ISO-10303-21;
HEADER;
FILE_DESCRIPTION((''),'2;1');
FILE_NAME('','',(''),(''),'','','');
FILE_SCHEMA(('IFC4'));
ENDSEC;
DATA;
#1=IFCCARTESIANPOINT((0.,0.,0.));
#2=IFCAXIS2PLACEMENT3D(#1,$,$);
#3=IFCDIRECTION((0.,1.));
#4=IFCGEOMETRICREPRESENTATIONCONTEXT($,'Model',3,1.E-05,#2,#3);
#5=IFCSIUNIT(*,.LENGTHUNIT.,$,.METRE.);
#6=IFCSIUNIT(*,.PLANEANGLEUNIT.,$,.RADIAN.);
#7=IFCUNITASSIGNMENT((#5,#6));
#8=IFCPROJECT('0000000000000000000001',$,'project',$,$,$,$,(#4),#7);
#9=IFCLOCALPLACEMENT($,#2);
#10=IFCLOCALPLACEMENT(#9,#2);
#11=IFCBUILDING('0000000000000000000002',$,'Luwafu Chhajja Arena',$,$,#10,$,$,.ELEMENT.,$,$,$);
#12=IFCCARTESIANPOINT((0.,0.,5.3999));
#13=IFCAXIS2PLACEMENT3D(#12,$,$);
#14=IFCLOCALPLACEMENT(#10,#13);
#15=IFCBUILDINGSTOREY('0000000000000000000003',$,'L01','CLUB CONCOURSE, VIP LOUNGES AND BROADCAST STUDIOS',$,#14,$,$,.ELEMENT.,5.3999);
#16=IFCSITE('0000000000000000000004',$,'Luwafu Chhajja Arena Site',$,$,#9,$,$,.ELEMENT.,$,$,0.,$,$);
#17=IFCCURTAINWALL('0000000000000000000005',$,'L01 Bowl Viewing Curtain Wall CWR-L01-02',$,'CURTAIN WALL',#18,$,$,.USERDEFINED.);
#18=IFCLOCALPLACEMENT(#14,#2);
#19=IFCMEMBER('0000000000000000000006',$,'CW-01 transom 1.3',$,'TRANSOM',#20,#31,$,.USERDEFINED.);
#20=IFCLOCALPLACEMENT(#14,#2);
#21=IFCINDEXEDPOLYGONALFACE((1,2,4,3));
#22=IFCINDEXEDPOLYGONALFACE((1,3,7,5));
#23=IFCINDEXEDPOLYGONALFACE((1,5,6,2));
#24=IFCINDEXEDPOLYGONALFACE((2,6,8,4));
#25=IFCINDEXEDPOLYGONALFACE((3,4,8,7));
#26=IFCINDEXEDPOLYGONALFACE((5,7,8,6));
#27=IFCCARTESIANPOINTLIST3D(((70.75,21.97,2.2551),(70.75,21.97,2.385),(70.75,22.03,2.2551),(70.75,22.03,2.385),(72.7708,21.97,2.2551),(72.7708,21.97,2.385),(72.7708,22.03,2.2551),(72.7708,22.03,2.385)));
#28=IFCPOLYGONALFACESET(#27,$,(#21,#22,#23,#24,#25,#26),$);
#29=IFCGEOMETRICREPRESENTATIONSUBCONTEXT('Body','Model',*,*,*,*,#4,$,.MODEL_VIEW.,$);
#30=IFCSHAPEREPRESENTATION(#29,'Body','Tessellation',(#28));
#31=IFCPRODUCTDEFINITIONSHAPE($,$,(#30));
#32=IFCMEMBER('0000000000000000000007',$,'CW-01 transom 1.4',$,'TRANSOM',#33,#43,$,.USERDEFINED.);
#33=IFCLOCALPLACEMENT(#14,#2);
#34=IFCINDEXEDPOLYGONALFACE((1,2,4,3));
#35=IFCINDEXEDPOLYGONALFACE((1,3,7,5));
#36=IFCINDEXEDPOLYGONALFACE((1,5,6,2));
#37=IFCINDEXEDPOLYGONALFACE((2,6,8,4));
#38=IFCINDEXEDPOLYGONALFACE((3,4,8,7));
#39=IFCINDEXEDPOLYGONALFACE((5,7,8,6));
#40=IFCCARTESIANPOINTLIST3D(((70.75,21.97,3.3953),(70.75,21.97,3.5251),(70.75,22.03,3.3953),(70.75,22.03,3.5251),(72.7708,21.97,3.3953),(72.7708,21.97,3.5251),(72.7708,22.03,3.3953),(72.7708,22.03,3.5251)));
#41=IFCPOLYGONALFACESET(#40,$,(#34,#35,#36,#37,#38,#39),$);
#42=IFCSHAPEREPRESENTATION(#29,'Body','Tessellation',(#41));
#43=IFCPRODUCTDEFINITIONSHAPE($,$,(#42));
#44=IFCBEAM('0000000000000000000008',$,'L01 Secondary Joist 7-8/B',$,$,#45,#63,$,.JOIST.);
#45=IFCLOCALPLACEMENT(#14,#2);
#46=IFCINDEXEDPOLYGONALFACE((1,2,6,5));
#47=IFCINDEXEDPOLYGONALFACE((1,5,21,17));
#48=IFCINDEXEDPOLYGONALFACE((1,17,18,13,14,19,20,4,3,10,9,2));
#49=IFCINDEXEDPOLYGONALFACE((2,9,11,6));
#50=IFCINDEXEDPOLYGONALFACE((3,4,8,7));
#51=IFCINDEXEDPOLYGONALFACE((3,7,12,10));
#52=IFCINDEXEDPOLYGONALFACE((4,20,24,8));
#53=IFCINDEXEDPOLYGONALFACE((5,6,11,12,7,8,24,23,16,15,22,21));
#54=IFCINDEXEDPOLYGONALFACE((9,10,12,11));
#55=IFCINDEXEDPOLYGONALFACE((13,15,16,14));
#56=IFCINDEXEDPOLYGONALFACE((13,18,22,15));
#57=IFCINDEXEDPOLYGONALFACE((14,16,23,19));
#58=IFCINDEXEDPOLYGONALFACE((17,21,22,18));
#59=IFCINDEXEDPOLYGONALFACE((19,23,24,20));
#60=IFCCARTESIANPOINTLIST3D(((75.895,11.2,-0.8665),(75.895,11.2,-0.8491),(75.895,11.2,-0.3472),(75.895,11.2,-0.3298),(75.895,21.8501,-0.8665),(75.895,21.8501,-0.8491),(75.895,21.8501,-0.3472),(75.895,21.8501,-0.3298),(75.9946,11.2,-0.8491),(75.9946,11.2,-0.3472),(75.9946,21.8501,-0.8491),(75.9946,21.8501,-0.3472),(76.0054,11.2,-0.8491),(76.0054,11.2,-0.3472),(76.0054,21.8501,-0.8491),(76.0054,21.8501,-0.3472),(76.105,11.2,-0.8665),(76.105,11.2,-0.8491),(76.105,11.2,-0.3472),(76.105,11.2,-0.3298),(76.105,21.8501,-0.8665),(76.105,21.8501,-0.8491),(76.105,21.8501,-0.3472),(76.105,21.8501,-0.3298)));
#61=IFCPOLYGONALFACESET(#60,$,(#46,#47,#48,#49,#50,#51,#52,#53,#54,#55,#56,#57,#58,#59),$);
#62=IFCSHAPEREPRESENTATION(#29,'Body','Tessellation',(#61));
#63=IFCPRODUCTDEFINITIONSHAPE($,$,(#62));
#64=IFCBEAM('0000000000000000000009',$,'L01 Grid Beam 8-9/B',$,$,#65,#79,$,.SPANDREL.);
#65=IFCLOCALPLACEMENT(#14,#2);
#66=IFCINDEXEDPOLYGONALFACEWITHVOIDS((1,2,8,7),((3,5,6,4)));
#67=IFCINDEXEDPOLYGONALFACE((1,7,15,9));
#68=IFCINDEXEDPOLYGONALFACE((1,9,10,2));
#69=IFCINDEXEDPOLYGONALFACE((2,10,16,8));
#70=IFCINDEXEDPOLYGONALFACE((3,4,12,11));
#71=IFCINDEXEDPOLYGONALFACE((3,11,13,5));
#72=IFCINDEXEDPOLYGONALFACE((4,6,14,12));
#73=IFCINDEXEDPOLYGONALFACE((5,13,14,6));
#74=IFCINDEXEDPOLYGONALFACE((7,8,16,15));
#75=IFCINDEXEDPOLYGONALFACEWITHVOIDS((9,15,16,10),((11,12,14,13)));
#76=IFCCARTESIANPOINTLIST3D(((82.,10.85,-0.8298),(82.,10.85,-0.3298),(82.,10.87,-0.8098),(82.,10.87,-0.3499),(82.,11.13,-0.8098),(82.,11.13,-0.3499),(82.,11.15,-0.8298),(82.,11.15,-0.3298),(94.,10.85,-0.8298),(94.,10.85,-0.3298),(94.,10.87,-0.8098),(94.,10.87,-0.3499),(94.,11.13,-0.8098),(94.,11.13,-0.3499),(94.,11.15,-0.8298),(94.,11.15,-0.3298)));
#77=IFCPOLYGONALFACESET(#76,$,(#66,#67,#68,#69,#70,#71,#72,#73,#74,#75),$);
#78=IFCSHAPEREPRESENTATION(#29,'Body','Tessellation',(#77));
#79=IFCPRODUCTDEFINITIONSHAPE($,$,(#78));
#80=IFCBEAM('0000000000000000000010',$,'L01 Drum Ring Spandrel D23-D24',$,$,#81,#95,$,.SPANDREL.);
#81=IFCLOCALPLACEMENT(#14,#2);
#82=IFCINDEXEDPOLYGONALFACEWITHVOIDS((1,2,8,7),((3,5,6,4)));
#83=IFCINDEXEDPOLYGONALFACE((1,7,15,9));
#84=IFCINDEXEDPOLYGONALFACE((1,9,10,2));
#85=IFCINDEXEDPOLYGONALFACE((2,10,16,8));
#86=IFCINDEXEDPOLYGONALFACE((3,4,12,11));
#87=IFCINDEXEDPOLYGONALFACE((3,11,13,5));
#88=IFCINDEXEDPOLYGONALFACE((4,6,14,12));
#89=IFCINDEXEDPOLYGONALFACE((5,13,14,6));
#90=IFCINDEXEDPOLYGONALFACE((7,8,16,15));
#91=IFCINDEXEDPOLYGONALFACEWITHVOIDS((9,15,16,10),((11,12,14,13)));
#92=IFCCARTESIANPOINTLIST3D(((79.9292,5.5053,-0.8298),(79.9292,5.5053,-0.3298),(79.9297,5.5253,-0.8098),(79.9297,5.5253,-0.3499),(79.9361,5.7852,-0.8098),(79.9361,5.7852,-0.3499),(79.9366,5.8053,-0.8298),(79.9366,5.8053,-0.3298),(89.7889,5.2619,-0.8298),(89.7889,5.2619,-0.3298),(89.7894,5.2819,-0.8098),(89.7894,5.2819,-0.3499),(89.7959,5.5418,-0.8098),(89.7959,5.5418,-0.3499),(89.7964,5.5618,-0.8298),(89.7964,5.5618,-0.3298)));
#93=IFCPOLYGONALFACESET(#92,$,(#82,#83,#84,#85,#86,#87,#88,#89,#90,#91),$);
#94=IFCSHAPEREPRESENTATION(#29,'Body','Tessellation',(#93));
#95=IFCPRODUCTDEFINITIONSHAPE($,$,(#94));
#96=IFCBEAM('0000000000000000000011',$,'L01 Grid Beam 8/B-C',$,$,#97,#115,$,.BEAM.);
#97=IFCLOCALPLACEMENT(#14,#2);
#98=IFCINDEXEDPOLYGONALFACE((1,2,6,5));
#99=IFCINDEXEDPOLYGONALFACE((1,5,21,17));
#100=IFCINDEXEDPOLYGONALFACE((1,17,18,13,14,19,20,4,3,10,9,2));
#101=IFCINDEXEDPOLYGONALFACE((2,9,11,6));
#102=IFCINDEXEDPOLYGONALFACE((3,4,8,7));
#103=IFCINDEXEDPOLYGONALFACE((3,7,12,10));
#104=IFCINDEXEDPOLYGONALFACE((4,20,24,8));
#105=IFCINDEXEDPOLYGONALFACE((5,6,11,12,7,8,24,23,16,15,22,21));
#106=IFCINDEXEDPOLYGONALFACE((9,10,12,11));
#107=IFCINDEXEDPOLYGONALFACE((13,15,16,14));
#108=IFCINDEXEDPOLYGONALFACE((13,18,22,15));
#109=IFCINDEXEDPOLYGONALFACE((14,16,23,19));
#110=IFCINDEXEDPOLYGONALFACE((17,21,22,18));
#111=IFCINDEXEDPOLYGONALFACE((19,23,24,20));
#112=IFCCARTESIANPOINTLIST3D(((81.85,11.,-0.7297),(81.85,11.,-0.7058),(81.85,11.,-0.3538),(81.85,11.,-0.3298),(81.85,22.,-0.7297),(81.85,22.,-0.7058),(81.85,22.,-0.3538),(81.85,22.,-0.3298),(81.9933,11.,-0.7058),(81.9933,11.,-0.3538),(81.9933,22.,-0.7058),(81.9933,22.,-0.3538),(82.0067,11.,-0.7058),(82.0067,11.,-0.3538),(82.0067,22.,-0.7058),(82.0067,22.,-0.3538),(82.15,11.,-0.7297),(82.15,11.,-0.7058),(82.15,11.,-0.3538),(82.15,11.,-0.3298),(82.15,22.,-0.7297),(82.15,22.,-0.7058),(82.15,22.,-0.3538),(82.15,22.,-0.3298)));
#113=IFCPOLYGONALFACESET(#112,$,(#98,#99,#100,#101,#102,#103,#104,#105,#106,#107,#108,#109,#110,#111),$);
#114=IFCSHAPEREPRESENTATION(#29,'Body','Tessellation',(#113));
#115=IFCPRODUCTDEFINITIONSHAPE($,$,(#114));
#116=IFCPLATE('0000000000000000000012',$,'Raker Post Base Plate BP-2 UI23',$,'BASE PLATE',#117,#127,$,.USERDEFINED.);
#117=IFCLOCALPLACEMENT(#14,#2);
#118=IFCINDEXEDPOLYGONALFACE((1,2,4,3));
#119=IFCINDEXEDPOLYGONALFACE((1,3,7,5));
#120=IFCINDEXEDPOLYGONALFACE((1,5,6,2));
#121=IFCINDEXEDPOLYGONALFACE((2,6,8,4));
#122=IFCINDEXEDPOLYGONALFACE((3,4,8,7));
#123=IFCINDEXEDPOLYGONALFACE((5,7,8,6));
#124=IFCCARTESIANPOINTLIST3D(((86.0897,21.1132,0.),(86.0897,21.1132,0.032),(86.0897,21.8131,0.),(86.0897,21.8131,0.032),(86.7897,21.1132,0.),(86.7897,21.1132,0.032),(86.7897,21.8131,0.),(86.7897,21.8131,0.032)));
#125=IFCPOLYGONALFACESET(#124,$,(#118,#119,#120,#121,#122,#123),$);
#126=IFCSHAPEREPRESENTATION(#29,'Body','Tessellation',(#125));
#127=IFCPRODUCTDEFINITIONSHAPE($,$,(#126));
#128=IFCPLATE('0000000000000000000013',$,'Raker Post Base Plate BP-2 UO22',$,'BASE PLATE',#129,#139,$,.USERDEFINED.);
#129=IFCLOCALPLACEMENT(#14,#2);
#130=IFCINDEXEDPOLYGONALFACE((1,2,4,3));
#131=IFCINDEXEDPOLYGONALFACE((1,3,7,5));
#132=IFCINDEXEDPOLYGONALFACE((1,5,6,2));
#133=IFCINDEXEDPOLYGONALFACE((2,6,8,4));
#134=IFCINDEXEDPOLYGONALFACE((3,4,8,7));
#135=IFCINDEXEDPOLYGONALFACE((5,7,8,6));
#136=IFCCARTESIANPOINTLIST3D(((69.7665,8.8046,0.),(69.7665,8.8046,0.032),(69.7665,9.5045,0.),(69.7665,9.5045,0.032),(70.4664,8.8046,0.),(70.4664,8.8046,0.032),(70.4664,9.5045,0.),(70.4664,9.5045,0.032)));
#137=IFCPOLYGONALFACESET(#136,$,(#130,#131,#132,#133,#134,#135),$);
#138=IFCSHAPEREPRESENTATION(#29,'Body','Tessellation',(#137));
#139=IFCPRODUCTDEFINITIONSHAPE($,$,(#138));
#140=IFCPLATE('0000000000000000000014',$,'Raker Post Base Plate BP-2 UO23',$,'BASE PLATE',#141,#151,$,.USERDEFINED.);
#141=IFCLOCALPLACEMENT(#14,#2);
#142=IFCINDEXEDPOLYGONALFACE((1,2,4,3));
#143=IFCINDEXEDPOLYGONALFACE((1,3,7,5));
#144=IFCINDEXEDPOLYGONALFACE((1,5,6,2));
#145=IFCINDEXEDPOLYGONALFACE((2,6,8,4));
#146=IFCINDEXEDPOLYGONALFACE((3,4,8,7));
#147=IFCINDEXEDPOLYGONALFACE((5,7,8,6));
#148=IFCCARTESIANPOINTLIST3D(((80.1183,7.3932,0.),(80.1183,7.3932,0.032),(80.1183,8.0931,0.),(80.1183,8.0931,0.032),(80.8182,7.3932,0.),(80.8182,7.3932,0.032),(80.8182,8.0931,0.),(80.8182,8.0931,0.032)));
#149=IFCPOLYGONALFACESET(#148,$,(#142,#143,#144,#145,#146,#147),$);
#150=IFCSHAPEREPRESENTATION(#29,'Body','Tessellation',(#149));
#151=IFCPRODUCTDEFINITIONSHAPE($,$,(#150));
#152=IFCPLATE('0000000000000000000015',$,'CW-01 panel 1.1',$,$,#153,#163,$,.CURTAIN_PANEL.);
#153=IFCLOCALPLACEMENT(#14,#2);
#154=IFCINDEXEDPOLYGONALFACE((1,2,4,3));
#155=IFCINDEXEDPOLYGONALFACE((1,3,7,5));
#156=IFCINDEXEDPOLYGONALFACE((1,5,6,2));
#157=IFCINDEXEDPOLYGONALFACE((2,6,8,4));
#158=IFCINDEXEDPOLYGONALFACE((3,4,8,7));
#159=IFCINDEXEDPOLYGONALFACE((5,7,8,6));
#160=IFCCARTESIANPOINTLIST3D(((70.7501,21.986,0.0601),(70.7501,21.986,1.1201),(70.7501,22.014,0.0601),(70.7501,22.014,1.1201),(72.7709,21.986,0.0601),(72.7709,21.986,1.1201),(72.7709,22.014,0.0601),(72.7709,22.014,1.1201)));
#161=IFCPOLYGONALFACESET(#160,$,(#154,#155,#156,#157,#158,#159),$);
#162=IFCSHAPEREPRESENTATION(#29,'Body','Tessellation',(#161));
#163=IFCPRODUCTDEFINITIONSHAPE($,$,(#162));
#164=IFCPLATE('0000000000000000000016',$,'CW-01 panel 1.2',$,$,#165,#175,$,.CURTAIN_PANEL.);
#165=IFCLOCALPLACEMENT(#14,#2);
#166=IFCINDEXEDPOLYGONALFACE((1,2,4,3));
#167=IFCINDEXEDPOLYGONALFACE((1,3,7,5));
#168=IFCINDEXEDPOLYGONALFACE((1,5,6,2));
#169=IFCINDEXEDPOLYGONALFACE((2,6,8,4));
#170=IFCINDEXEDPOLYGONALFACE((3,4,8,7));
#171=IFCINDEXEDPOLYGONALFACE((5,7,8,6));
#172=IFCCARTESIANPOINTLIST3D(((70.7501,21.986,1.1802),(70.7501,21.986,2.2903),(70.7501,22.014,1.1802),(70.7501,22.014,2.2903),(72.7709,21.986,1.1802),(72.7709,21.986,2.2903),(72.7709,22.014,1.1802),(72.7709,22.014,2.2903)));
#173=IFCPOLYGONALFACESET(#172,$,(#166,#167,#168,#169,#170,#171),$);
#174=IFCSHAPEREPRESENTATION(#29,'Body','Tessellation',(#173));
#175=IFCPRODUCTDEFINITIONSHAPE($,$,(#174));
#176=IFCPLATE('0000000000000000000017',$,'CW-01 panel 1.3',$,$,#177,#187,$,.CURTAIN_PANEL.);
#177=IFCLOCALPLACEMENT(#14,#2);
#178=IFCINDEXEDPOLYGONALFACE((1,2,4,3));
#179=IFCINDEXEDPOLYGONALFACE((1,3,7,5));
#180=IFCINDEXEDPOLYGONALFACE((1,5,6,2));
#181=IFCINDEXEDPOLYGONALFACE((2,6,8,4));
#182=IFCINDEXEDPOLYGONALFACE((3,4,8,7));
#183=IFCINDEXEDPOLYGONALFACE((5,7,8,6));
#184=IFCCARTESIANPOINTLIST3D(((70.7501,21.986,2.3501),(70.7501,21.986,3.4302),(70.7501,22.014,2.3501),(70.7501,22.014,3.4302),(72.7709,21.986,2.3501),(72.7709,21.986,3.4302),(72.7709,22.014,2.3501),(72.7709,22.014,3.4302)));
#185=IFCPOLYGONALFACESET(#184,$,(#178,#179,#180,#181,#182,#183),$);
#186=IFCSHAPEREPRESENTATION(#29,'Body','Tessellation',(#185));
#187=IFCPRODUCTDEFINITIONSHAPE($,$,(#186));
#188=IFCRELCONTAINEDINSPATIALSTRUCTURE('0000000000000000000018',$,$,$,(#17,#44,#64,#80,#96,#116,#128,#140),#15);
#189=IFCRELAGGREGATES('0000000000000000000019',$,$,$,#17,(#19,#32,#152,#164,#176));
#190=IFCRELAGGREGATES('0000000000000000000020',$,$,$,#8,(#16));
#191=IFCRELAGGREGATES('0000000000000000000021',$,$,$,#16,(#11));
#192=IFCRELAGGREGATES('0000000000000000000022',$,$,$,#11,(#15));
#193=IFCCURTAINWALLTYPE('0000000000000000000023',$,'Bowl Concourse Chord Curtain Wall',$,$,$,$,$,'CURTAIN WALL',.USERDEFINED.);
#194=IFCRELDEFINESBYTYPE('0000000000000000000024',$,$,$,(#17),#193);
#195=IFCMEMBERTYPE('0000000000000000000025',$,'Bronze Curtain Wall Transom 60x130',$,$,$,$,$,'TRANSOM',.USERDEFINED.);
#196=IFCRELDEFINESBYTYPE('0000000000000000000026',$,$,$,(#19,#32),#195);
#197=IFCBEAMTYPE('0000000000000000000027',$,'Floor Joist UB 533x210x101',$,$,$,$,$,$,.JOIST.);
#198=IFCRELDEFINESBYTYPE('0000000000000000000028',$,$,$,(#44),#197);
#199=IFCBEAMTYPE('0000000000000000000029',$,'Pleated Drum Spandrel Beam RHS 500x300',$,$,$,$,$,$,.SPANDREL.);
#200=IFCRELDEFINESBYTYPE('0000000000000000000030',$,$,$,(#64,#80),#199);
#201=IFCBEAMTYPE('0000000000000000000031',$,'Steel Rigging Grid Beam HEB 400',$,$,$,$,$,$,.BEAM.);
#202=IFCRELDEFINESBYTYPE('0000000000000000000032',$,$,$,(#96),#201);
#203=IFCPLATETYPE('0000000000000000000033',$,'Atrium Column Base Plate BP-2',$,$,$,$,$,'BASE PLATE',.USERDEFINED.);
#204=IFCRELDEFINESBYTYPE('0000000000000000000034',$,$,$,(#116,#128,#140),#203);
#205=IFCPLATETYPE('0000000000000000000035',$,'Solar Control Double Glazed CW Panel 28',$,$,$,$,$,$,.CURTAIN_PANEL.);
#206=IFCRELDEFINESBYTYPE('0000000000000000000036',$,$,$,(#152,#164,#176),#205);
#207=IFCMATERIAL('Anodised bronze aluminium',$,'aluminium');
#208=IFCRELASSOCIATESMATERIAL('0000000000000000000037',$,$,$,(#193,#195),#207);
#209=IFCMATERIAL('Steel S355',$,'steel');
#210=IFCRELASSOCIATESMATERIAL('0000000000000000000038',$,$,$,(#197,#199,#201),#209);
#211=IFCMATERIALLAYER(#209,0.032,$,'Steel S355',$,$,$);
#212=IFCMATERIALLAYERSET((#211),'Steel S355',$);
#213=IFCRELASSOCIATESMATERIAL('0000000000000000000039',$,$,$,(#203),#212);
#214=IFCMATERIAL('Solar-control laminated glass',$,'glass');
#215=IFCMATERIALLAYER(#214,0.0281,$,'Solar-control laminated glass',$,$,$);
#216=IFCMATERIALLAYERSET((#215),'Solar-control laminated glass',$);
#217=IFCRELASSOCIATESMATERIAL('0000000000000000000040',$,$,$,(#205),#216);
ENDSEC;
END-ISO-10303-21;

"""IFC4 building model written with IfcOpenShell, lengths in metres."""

from ifc_helpers import new_model, si_unit, direction, frame, origin, origin_2d, place, context, subcontext, project, spatial, rectangle, hollow_rectangle, i_section, extrude, material, layer, layer_set, material_profile, profile_set, type_object, element, aggregate, save


model = new_model("IFC4")

# Units and contexts
model_context = context("Model", 3, precision=1e-05, world=origin(), true_north=direction((0.0, 1.0)))
body_context = subcontext(model_context, "Body", "Model", "MODEL_VIEW")
ifc_project = project(units=[si_unit("LENGTHUNIT", "METRE"), si_unit("PLANEANGLEUNIT", "RADIAN")], contexts=[model_context])

# Site, building, storey
site_placement = place(None, origin())
site = spatial("IfcSite", under=ifc_project, at=site_placement, Name="Luwafu Chhajja Arena Site", CompositionType="ELEMENT", RefElevation=0.0)
building_placement = place(site_placement, origin())
building = spatial("IfcBuilding", under=site, at=building_placement, Name="Luwafu Chhajja Arena", CompositionType="ELEMENT")
storey_placement = place(building_placement, frame((0.0, 0.0, 5.3999)))
storey = spatial("IfcBuildingStorey", under=building, at=storey_placement, Name="L01", Description="CLUB CONCOURSE, VIP LOUNGES AND BROADCAST STUDIOS", CompositionType="ELEMENT", Elevation=5.3999)

# Shared definitions
ifc_material_1 = material(Name="Steel S355", Category="steel")

# Curtain wall, members
ifc_material_2 = material(Name="Anodised bronze aluminium", Category="aluminium")
curtain_wall_type = type_object("IfcCurtainWallType", Name="Bowl Concourse Chord Curtain Wall", ElementType="CURTAIN WALL", PredefinedType="USERDEFINED", material=ifc_material_2)
curtain_wall_placement = place(storey_placement, origin())
curtain_wall = element("IfcCurtainWall", 1, at=curtain_wall_placement, inside=storey, type_object=curtain_wall_type, Name="L01 Bowl Viewing Curtain Wall CWR-L01-02", ObjectType="CURTAIN WALL", PredefinedType="USERDEFINED")
ifc_material_profile_1 = material_profile(ifc_material_2, rectangle(XDim=0.0601, YDim=0.1299, at=origin_2d()), Name="CWT 60x130")
ifc_profile_set_1 = profile_set([ifc_material_profile_1], Name="Anodised bronze aluminium")
member_type_1 = type_object("IfcMemberType", Name="Bronze Curtain Wall Transom 60x130", ElementType="TRANSOM", PredefinedType="USERDEFINED", material=ifc_profile_set_1)
member_1_placement = place(storey_placement, frame((70.75, 22.0, 2.3201), z_axis=(1.0, 0.0, 0.0), x_axis=(0.0, 1.0, 0.0)))
member_1 = element("IfcMember", 2, at=member_1_placement, type_object=member_type_1, Name="CW-01 transom 1.3", ObjectType="TRANSOM", PredefinedType="USERDEFINED", context=body_context, shape_type="SweptSolid", body=[
    extrude(rectangle(XDim=0.0601, YDim=0.1299, at=origin_2d()), origin(), (0.0, 0.0, 1.0), 2.0208),
])
member_2_placement = place(storey_placement, frame((70.75, 22.0, 3.4602), z_axis=(1.0, 0.0, 0.0), x_axis=(0.0, 1.0, 0.0)))
member_2 = element("IfcMember", 3, at=member_2_placement, type_object=member_type_1, Name="CW-01 transom 1.4", ObjectType="TRANSOM", PredefinedType="USERDEFINED", context=body_context, shape_type="SweptSolid", body=[
    extrude(rectangle(XDim=0.0601, YDim=0.1299, at=origin_2d()), origin(), (0.0, 0.0, 1.0), 2.0208),
])

# Beams
ifc_material_profile_2 = material_profile(ifc_material_1, i_section(OverallWidth=0.21, OverallDepth=0.5366, WebThickness=0.0107, FlangeThickness=0.0173, at=origin_2d()), Name="UB 533x210x101")
ifc_profile_set_2 = profile_set([ifc_material_profile_2], Name="Steel S355")
beam_type_1 = type_object("IfcBeamType", Name="Floor Joist UB 533x210x101", PredefinedType="JOIST", material=ifc_profile_set_2)
beam_1_placement = place(storey_placement, frame((76.0, 11.2, -0.5981), z_axis=(0.0, 1.0, 0.0), x_axis=(-1.0, 0.0, 0.0)))
element("IfcBeam", 4, at=beam_1_placement, inside=storey, type_object=beam_type_1, Name="L01 Secondary Joist 7-8/B", PredefinedType="JOIST", context=body_context, shape_type="SweptSolid", body=[
    extrude(i_section(OverallWidth=0.21, OverallDepth=0.5366, WebThickness=0.0107, FlangeThickness=0.0173, at=origin_2d()), origin(), (0.0, 0.0, 1.0), 10.6501),
])
ifc_material_profile_3 = material_profile(ifc_material_1, hollow_rectangle(XDim=0.3, YDim=0.5, WallThickness=0.02, at=origin_2d()), Name="RHS 500x300x20")
ifc_profile_set_3 = profile_set([ifc_material_profile_3], Name="Steel S355")
beam_type_2 = type_object("IfcBeamType", Name="Pleated Drum Spandrel Beam RHS 500x300", PredefinedType="SPANDREL", material=ifc_profile_set_3)
beam_2_placement = place(storey_placement, frame((82.0, 11.0, -0.5798), z_axis=(1.0, 0.0, 0.0), x_axis=(0.0, 1.0, 0.0)))
element("IfcBeam", 5, at=beam_2_placement, inside=storey, type_object=beam_type_2, Name="L01 Grid Beam 8-9/B", PredefinedType="SPANDREL", context=body_context, shape_type="SweptSolid", body=[
    extrude(hollow_rectangle(XDim=0.3, YDim=0.5, WallThickness=0.02, at=origin_2d()), origin(), (0.0, 0.0, 1.0), 12.0),
])
beam_3_placement = place(storey_placement, frame((79.9329, 5.6553, -0.5798), z_axis=(0.999695, -0.024679, 0.0), x_axis=(0.024679, 0.999695, 0.0)))
element("IfcBeam", 6, at=beam_3_placement, inside=storey, type_object=beam_type_2, Name="L01 Drum Ring Spandrel D23-D24", PredefinedType="SPANDREL", context=body_context, shape_type="SweptSolid", body=[
    extrude(hollow_rectangle(XDim=0.3, YDim=0.5, WallThickness=0.02, at=origin_2d()), origin(), (0.0, 0.0, 1.0), 9.8628),
])
ifc_material_profile_4 = material_profile(ifc_material_1, i_section(OverallWidth=0.3, OverallDepth=0.3999, WebThickness=0.0134, FlangeThickness=0.0239, at=origin_2d()), Name="HEB 400")
ifc_profile_set_4 = profile_set([ifc_material_profile_4], Name="Steel S355")
beam_type_3 = type_object("IfcBeamType", Name="Steel Rigging Grid Beam HEB 400", PredefinedType="BEAM", material=ifc_profile_set_4)
beam_4_placement = place(storey_placement, frame((82.0, 11.0, -0.5298), z_axis=(0.0, 1.0, 0.0), x_axis=(-1.0, 0.0, 0.0)))
element("IfcBeam", 7, at=beam_4_placement, inside=storey, type_object=beam_type_3, Name="L01 Grid Beam 8/B-C", PredefinedType="BEAM", context=body_context, shape_type="SweptSolid", body=[
    extrude(i_section(OverallWidth=0.3, OverallDepth=0.3999, WebThickness=0.0134, FlangeThickness=0.0239, at=origin_2d()), origin(), (0.0, 0.0, 1.0), 11.0),
])

# Plates
ifc_layer_1 = layer(ifc_material_1, 0.032, Name="Steel S355")
ifc_layer_set_1 = layer_set([ifc_layer_1], Name="Steel S355")
plate_type_1 = type_object("IfcPlateType", Name="Atrium Column Base Plate BP-2", ElementType="BASE PLATE", PredefinedType="USERDEFINED", material=ifc_layer_set_1)
for number, where, z_axis, x_axis, name in (
    (8, (86.4397, 21.4631, 0.0), (0.0, 0.0, 1.0), (1.0, 0.0, 0.0), "Raker Post Base Plate BP-2 UI23"),
    (9, (70.1165, 9.1545, 0.0), (0.0, 0.0, 1.0), (1.0, 0.0, 0.0), "Raker Post Base Plate BP-2 UO22"),
    (10, (80.4683, 7.7432, 0.0), (0.0, 0.0, 1.0), (1.0, 0.0, 0.0), "Raker Post Base Plate BP-2 UO23"),
):
    element("IfcPlate", number, at=place(storey_placement, frame(where, z_axis=z_axis, x_axis=x_axis)), inside=storey, type_object=plate_type_1, Name=name, ObjectType="BASE PLATE", PredefinedType="USERDEFINED", context=body_context, shape_type="SweptSolid", body=[
        extrude(rectangle(XDim=0.7, YDim=0.7, at=origin_2d()), origin(), (0.0, 0.0, 1.0), 0.032),
    ])

# Plates
ifc_material_3 = material(Name="Solar-control laminated glass", Category="glass")
ifc_layer_2 = layer(ifc_material_3, 0.0281, Name="Solar-control laminated glass")
ifc_layer_set_2 = layer_set([ifc_layer_2], Name="Solar-control laminated glass")
plate_type_2 = type_object("IfcPlateType", Name="Solar Control Double Glazed CW Panel 28", PredefinedType="CURTAIN_PANEL", material=ifc_layer_set_2)
plate_1_placement = place(storey_placement, frame((71.7605, 22.0, 0.0601), z_axis=(0.0, 0.0, 1.0), x_axis=(1.0, 0.0, 0.0)))
plate_1 = element("IfcPlate", 11, at=plate_1_placement, type_object=plate_type_2, Name="CW-01 panel 1.1", PredefinedType="CURTAIN_PANEL", context=body_context, shape_type="SweptSolid", body=[
    extrude(rectangle(XDim=2.0208, YDim=0.0281, at=origin_2d()), origin(), (0.0, 0.0, 1.0), 1.0601),
])
plate_2_placement = place(storey_placement, frame((71.7605, 22.0, 1.1802), z_axis=(0.0, 0.0, 1.0), x_axis=(1.0, 0.0, 0.0)))
plate_2 = element("IfcPlate", 12, at=plate_2_placement, type_object=plate_type_2, Name="CW-01 panel 1.2", PredefinedType="CURTAIN_PANEL", context=body_context, shape_type="SweptSolid", body=[
    extrude(rectangle(XDim=2.0208, YDim=0.0281, at=origin_2d()), origin(), (0.0, 0.0, 1.0), 1.1101),
])
plate_3_placement = place(storey_placement, frame((71.7605, 22.0, 2.3501), z_axis=(0.0, 0.0, 1.0), x_axis=(1.0, 0.0, 0.0)))
plate_3 = element("IfcPlate", 13, at=plate_3_placement, type_object=plate_type_2, Name="CW-01 panel 1.3", PredefinedType="CURTAIN_PANEL", context=body_context, shape_type="SweptSolid", body=[
    extrude(rectangle(XDim=2.0208, YDim=0.0281, at=origin_2d()), origin(), (0.0, 0.0, 1.0), 1.0801),
])
aggregate(curtain_wall, [member_1, member_2, plate_1, plate_2, plate_3])

save(model, "model.ifc")
